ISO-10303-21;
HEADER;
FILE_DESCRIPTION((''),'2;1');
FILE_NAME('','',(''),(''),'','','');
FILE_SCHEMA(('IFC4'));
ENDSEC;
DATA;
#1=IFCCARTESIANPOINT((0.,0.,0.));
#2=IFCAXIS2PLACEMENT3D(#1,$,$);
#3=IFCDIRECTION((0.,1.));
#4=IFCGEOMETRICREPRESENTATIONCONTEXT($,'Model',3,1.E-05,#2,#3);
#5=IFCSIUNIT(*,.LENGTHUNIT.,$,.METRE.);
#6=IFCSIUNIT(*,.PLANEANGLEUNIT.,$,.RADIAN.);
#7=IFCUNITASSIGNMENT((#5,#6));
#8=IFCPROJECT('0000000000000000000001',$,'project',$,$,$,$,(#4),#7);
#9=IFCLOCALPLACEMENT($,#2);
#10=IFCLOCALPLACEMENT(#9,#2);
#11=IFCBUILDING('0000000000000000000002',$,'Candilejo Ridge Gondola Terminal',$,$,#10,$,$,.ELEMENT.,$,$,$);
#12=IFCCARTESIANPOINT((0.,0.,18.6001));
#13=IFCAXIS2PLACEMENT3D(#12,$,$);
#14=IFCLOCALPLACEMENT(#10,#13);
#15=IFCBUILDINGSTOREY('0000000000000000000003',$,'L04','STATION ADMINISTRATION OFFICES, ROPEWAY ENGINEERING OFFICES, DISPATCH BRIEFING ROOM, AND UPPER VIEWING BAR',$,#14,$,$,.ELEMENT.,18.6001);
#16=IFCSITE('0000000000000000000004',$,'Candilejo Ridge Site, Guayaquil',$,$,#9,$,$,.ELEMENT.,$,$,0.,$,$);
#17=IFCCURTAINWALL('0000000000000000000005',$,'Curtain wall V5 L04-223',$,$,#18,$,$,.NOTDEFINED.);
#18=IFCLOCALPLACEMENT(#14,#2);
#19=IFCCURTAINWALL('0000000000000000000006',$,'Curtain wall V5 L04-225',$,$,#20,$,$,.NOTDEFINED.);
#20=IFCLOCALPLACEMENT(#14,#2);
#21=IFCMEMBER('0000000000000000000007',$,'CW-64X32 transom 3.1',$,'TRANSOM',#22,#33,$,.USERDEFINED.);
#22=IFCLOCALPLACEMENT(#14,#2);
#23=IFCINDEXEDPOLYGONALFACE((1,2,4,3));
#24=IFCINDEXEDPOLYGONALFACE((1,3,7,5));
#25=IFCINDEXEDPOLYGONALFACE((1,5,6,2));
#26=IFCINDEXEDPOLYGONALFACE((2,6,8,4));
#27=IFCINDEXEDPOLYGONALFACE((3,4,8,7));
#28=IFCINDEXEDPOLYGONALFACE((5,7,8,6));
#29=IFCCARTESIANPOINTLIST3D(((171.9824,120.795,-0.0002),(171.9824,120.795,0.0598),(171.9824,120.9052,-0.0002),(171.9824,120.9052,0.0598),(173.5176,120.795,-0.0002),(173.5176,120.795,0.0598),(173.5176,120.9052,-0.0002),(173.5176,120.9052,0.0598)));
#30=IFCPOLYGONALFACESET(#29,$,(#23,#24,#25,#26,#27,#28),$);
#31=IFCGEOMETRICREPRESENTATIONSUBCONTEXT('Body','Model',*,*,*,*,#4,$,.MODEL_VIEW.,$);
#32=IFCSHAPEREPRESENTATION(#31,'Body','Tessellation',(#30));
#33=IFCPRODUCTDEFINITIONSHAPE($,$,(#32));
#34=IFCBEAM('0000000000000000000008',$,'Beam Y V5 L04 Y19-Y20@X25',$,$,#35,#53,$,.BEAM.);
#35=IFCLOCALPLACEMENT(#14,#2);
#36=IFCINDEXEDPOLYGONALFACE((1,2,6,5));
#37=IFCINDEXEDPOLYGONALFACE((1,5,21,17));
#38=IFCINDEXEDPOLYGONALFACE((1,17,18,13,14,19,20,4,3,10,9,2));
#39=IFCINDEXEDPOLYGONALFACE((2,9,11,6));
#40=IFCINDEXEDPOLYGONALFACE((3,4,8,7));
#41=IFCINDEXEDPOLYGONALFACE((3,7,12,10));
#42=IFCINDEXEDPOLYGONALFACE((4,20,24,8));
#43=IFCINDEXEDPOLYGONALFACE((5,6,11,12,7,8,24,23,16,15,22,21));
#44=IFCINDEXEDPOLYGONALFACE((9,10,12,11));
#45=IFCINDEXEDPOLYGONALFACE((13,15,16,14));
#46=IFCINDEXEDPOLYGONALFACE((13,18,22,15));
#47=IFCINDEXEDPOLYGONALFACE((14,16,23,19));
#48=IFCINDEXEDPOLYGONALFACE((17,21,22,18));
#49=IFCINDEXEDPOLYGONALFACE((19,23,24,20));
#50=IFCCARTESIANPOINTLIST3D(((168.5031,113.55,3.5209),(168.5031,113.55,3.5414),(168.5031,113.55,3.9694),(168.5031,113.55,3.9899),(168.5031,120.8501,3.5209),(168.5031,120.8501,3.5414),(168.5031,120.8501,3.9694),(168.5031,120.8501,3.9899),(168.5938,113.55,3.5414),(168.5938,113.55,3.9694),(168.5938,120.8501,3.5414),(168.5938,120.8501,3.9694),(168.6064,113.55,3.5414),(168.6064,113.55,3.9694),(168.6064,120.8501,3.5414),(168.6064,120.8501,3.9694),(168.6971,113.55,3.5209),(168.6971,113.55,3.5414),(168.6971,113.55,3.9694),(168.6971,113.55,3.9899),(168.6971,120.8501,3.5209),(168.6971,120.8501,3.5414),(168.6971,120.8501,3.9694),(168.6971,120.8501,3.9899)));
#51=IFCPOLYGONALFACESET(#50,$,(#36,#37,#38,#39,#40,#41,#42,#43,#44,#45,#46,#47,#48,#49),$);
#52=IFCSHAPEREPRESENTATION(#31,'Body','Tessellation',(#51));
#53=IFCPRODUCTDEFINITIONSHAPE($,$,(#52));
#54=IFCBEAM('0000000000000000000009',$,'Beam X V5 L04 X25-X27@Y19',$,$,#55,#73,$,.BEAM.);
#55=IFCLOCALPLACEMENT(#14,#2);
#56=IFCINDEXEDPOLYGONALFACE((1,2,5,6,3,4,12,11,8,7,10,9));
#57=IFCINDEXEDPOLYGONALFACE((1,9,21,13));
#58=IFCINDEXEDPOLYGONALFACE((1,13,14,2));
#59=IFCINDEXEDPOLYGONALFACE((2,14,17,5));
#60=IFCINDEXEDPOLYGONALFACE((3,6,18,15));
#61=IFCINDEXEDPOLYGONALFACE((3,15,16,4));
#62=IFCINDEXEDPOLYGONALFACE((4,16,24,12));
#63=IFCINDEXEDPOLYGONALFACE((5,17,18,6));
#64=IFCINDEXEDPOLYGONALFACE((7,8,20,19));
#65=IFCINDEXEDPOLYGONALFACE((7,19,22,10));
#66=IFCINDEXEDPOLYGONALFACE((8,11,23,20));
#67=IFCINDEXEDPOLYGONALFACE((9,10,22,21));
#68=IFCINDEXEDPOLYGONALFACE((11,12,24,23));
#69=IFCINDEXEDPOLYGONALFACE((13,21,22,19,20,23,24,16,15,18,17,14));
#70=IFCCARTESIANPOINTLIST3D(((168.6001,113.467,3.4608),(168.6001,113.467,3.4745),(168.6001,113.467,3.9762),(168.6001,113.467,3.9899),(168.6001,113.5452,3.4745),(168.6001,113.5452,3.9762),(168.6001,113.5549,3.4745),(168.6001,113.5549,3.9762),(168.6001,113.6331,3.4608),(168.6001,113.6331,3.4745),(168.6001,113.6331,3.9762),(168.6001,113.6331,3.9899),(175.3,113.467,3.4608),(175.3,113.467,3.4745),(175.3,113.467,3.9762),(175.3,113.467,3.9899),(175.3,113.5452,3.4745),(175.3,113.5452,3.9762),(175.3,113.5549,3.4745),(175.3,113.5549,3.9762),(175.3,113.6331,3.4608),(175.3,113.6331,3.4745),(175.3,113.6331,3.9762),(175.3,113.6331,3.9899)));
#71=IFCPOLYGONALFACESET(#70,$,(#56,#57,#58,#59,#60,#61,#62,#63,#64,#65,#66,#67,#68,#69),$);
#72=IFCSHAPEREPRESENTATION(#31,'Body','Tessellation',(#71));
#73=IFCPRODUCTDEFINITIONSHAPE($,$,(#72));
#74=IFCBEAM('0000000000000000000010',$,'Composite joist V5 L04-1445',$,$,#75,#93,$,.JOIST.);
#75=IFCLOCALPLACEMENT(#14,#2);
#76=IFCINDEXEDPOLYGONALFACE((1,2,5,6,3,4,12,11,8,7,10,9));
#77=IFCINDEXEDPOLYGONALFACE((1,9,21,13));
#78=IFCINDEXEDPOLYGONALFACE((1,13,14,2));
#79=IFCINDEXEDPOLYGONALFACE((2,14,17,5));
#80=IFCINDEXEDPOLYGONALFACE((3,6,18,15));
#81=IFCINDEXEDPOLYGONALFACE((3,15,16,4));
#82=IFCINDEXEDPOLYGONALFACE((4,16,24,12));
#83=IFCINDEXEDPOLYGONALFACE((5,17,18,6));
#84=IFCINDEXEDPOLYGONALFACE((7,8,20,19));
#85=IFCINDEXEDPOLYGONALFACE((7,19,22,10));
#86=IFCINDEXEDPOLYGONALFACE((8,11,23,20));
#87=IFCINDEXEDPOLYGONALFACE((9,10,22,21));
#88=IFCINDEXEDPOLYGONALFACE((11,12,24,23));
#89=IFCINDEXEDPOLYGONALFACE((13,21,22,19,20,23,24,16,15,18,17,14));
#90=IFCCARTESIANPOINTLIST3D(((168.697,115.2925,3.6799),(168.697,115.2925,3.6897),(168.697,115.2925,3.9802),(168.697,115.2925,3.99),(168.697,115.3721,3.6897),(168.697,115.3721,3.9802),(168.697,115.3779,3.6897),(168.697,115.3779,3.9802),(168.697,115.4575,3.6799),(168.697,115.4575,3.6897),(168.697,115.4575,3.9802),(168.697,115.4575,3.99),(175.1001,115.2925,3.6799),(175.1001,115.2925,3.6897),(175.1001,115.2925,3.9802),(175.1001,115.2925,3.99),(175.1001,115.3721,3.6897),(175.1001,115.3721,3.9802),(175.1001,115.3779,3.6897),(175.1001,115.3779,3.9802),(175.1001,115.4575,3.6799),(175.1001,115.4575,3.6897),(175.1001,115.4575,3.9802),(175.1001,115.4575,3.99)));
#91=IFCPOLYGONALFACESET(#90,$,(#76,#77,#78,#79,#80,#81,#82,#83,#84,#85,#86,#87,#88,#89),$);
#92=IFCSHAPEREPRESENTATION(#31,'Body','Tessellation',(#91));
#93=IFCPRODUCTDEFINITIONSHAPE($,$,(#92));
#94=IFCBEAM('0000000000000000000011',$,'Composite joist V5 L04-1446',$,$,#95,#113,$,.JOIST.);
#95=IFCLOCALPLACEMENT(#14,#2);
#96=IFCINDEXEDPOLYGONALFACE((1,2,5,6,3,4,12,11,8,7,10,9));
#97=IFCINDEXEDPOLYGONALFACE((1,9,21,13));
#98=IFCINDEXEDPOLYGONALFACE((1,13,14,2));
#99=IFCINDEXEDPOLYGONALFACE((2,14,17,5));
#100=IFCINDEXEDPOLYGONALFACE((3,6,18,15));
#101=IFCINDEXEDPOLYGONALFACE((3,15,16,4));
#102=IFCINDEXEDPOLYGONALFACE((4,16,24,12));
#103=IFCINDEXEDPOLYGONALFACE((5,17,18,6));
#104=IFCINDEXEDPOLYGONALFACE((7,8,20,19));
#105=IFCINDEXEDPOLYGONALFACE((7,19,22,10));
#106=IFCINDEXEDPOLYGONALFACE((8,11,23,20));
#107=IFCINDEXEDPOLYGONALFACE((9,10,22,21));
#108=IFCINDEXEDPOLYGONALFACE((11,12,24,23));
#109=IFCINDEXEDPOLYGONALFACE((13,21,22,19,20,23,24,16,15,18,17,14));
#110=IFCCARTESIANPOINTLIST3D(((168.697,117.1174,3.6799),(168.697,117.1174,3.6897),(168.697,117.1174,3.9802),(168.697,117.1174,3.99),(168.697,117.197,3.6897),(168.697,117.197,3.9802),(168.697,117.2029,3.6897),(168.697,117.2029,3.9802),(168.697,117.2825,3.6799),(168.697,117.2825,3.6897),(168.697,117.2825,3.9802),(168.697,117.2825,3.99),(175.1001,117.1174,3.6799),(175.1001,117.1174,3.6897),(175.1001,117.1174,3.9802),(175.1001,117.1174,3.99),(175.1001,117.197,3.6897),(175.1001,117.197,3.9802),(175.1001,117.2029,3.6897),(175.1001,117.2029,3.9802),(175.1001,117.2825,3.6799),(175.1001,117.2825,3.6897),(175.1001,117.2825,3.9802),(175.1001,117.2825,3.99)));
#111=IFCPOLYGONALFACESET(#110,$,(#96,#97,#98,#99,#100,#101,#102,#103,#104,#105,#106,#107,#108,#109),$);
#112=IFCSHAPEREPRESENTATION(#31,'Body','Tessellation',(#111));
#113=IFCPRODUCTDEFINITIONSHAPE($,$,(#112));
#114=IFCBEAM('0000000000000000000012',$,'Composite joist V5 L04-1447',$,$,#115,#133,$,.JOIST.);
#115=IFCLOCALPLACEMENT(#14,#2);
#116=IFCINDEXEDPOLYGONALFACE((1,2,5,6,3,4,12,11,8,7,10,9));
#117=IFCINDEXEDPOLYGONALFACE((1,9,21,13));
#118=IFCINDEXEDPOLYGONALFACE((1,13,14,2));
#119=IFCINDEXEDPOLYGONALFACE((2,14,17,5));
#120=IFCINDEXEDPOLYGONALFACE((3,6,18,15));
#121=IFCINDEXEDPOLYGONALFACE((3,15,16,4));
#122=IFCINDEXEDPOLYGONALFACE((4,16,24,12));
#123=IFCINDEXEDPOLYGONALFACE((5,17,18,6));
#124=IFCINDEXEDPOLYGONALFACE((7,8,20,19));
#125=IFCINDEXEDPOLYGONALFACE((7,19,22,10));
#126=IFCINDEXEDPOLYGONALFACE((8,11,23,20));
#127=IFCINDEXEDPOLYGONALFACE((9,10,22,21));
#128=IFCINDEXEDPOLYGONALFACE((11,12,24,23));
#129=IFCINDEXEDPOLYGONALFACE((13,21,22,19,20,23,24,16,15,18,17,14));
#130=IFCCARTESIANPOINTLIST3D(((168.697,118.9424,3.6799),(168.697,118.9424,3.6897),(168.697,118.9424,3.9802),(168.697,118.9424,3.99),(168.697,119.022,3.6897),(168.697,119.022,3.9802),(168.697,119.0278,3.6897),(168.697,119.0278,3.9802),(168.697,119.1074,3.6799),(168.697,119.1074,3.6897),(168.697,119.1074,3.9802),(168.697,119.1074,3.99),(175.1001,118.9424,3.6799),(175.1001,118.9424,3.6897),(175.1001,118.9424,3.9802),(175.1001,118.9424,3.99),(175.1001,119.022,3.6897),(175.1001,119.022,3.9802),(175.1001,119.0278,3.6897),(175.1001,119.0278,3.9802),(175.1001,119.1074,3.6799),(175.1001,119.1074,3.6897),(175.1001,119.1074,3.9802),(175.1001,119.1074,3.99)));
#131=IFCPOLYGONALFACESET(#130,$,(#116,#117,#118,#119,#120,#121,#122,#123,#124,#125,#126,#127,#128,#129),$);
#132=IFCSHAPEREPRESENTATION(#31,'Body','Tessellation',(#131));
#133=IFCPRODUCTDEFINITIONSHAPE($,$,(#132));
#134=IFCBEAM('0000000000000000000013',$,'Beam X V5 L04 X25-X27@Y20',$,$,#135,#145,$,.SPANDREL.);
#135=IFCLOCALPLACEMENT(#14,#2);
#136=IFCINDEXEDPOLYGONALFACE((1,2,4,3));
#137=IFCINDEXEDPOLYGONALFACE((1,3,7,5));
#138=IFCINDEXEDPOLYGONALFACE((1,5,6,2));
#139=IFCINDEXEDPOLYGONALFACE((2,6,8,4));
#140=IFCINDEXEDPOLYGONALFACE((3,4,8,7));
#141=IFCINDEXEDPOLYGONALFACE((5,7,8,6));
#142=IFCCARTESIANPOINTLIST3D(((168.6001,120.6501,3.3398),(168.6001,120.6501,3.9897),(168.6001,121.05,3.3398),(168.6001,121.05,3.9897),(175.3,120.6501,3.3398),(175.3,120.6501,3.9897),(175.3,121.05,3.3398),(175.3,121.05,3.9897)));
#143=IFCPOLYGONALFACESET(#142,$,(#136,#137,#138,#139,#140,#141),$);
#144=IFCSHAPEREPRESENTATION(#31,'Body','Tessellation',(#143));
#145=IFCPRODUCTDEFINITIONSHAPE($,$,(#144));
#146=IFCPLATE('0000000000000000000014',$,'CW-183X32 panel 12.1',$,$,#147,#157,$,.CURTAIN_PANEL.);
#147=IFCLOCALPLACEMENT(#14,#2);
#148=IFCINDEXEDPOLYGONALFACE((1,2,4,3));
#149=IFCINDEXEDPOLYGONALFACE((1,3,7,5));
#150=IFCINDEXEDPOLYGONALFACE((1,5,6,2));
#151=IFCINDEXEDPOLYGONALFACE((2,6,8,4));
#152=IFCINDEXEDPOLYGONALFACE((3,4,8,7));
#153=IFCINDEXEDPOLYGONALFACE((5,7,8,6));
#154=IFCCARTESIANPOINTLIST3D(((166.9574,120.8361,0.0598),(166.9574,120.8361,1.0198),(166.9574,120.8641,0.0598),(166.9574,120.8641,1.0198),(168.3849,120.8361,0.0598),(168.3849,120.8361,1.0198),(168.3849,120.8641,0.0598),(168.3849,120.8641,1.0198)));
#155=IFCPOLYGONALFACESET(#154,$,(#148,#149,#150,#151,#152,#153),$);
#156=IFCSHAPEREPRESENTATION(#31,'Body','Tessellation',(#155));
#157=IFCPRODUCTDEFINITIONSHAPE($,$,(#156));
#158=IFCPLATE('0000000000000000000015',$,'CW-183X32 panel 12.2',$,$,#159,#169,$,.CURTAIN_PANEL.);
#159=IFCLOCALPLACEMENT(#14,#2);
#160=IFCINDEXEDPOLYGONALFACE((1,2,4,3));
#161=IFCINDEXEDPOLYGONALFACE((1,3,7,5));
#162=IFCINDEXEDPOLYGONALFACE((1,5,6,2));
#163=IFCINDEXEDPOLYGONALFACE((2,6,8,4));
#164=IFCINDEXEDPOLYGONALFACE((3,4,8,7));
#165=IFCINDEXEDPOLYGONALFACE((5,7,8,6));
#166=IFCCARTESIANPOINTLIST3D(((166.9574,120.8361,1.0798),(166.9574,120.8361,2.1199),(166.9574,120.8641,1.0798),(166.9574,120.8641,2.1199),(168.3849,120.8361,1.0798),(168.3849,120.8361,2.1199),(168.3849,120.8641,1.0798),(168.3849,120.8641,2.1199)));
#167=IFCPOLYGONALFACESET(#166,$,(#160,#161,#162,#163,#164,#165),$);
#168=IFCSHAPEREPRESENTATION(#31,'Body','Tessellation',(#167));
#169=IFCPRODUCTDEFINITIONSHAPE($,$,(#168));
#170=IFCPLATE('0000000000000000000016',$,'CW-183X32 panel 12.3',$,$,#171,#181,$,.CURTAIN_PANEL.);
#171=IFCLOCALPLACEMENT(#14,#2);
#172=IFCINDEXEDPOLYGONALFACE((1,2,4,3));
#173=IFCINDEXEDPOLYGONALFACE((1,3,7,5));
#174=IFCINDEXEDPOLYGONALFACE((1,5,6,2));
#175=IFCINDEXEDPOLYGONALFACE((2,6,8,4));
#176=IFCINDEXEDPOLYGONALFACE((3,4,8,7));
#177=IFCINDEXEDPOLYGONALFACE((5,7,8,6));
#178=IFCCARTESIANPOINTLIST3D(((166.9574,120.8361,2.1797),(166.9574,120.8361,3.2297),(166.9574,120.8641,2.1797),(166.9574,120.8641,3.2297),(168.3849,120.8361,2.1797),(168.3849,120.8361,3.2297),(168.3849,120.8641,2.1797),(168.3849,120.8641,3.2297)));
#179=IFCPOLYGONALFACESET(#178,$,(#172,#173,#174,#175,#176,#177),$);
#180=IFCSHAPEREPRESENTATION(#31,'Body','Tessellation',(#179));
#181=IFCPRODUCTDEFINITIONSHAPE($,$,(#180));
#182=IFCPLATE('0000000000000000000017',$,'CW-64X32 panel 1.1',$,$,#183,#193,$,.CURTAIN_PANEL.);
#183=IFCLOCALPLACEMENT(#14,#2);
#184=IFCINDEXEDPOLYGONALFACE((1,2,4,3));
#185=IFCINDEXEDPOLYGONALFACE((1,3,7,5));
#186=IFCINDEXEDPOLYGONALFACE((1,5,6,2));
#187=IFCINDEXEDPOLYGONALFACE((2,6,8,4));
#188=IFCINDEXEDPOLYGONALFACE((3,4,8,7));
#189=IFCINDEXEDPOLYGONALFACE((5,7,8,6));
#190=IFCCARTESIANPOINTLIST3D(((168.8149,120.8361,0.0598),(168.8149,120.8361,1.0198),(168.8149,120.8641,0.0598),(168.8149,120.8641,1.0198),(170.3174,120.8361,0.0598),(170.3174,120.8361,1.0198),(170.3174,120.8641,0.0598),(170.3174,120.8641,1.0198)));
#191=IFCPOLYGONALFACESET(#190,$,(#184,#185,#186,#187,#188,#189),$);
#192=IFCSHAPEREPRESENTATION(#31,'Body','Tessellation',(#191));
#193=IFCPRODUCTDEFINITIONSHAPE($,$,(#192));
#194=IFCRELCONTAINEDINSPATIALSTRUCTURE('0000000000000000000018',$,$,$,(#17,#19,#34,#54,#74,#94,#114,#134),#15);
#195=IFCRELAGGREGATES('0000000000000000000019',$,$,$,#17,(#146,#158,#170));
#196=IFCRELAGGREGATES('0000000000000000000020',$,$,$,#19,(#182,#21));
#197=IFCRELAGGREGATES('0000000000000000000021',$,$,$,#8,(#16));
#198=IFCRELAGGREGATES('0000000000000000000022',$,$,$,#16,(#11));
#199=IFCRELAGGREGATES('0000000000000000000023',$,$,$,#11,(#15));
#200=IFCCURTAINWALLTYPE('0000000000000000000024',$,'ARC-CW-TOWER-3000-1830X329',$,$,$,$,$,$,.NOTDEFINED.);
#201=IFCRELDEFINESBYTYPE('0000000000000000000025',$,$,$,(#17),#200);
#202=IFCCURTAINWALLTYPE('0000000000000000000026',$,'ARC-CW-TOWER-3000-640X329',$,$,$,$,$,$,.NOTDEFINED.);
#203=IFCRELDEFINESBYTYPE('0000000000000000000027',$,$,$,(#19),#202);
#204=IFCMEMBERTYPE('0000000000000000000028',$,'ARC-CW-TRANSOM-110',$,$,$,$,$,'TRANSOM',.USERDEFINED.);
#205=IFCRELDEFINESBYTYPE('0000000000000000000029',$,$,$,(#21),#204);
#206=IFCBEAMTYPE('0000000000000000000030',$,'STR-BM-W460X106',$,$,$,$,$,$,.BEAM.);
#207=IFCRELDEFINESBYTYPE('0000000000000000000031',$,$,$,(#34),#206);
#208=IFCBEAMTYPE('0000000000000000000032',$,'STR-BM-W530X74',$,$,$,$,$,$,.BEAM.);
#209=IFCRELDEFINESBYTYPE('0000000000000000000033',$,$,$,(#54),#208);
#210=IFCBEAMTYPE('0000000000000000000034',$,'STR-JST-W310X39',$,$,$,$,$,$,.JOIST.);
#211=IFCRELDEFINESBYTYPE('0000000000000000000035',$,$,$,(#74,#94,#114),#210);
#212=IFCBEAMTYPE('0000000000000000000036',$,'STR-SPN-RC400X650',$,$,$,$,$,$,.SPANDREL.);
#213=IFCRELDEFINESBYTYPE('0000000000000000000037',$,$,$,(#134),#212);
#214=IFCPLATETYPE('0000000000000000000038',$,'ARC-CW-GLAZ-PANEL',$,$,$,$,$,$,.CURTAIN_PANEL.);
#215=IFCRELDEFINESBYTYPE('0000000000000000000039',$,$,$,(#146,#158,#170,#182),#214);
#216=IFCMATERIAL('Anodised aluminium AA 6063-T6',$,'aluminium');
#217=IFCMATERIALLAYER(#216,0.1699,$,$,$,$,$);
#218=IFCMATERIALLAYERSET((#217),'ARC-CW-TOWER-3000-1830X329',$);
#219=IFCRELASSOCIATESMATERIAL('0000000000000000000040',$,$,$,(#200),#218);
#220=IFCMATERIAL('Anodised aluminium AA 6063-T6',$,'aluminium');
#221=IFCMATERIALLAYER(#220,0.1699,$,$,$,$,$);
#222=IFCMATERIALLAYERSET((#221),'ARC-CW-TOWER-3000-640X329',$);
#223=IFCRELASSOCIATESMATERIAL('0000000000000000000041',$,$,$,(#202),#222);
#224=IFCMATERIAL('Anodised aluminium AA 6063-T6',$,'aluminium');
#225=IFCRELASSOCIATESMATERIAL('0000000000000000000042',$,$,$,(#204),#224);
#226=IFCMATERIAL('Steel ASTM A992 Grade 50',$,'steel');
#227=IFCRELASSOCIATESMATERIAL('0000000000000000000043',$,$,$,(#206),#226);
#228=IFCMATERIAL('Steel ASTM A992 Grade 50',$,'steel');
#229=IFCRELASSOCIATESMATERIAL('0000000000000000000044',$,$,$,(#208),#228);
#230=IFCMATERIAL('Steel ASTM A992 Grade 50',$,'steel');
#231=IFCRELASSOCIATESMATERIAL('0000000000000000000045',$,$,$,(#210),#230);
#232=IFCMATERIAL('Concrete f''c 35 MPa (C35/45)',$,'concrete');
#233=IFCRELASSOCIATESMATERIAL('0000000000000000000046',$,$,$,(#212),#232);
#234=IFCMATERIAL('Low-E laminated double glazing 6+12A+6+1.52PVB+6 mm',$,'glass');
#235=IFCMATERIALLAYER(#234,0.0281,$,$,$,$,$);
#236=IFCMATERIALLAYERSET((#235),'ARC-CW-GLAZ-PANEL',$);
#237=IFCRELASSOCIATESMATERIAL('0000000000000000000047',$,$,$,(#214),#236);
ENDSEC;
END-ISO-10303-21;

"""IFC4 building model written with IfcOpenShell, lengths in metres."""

from ifc_helpers import new_model, si_unit, direction, frame, origin, origin_2d, place, context, subcontext, project, spatial, rectangle, i_section, extrude, material, layer, layer_set, material_profile, profile_set, type_object, element, aggregate, save


model = new_model("IFC4")

# Units and contexts
model_context = context("Model", 3, precision=1e-05, world=origin(), true_north=direction((0.0, 1.0)))
body_context = subcontext(model_context, "Body", "Model", "MODEL_VIEW")
ifc_project = project(units=[si_unit("LENGTHUNIT", "METRE"), si_unit("PLANEANGLEUNIT", "RADIAN")], contexts=[model_context])

# Site, building, storey
site_placement = place(None, origin())
site = spatial("IfcSite", under=ifc_project, at=site_placement, Name="Candilejo Ridge Site, Guayaquil", CompositionType="ELEMENT", RefElevation=0.0)
building_placement = place(site_placement, origin())
building = spatial("IfcBuilding", under=site, at=building_placement, Name="Candilejo Ridge Gondola Terminal", CompositionType="ELEMENT")
storey_placement = place(building_placement, frame((0.0, 0.0, 18.6001)))
storey = spatial("IfcBuildingStorey", under=building, at=storey_placement, Name="L04", Description="STATION ADMINISTRATION OFFICES, ROPEWAY ENGINEERING OFFICES, DISPATCH BRIEFING ROOM, AND UPPER VIEWING BAR", CompositionType="ELEMENT", Elevation=18.6001)

# Curtain wall
ifc_material_1 = material(Name="Anodised aluminium AA 6063-T6", Category="aluminium")
ifc_layer_1 = layer(ifc_material_1, 0.1699)
ifc_layer_set_1 = layer_set([ifc_layer_1], Name="ARC-CW-TOWER-3000-1830X329")
curtain_wall_type_1 = type_object("IfcCurtainWallType", Name="ARC-CW-TOWER-3000-1830X329", PredefinedType="NOTDEFINED", material=ifc_layer_set_1)
curtain_wall_1_placement = place(storey_placement, origin())
curtain_wall_1 = element("IfcCurtainWall", 1, at=curtain_wall_1_placement, inside=storey, type_object=curtain_wall_type_1, Name="Curtain wall V5 L04-223", PredefinedType="NOTDEFINED")

# Curtain wall, member
ifc_material_2 = material(Name="Anodised aluminium AA 6063-T6", Category="aluminium")
ifc_layer_2 = layer(ifc_material_2, 0.1699)
ifc_layer_set_2 = layer_set([ifc_layer_2], Name="ARC-CW-TOWER-3000-640X329")
curtain_wall_type_2 = type_object("IfcCurtainWallType", Name="ARC-CW-TOWER-3000-640X329", PredefinedType="NOTDEFINED", material=ifc_layer_set_2)
curtain_wall_2_placement = place(storey_placement, origin())
curtain_wall_2 = element("IfcCurtainWall", 2, at=curtain_wall_2_placement, inside=storey, type_object=curtain_wall_type_2, Name="Curtain wall V5 L04-225", PredefinedType="NOTDEFINED")
ifc_material_3 = material(Name="Anodised aluminium AA 6063-T6", Category="aluminium")
ifc_material_profile_1 = material_profile(ifc_material_3, rectangle(XDim=0.1101, YDim=0.0601, at=origin_2d()))
ifc_profile_set_1 = profile_set([ifc_material_profile_1], Name="Anodised aluminium AA 6063-T6")
member_type_1 = type_object("IfcMemberType", Name="ARC-CW-TRANSOM-110", ElementType="TRANSOM", PredefinedType="USERDEFINED", material=ifc_profile_set_1)
member_1_placement = place(storey_placement, frame((171.9824, 120.8501, 0.0298), z_axis=(1.0, 0.0, 0.0), x_axis=(0.0, 1.0, 0.0)))
member_1 = element("IfcMember", 3, at=member_1_placement, type_object=member_type_1, Name="CW-64X32 transom 3.1", ObjectType="TRANSOM", PredefinedType="USERDEFINED", context=body_context, shape_type="SweptSolid", body=[
    extrude(rectangle(XDim=0.1101, YDim=0.0601, at=origin_2d()), origin(), (0.0, 0.0, 1.0), 1.5352),
])

# Beams
ifc_material_4 = material(Name="Steel ASTM A992 Grade 50", Category="steel")
ifc_material_profile_2 = material_profile(ifc_material_4, i_section(OverallWidth=0.1941, OverallDepth=0.469, WebThickness=0.0127, FlangeThickness=0.0205, at=origin_2d()))
ifc_profile_set_2 = profile_set([ifc_material_profile_2], Name="Steel ASTM A992 Grade 50")
beam_type_1 = type_object("IfcBeamType", Name="STR-BM-W460X106", PredefinedType="BEAM", material=ifc_profile_set_2)
beam_1_placement = place(storey_placement, frame((168.6001, 113.55, 3.7554), z_axis=(0.0, 1.0, 0.0), x_axis=(-1.0, 0.0, 0.0)))
element("IfcBeam", 4, at=beam_1_placement, inside=storey, type_object=beam_type_1, Name="Beam Y V5 L04 Y19-Y20@X25", PredefinedType="BEAM", context=body_context, shape_type="SweptSolid", body=[
    extrude(i_section(OverallWidth=0.1941, OverallDepth=0.469, WebThickness=0.0127, FlangeThickness=0.0205, at=origin_2d()), origin(), (0.0, 0.0, 1.0), 7.3),
])
ifc_material_5 = material(Name="Steel ASTM A992 Grade 50", Category="steel")
ifc_material_profile_3 = material_profile(ifc_material_5, i_section(OverallWidth=0.166, OverallDepth=0.5291, WebThickness=0.0098, FlangeThickness=0.0137, at=origin_2d()))
ifc_profile_set_3 = profile_set([ifc_material_profile_3], Name="Steel ASTM A992 Grade 50")
beam_type_2 = type_object("IfcBeamType", Name="STR-BM-W530X74", PredefinedType="BEAM", material=ifc_profile_set_3)
beam_2_placement = place(storey_placement, frame((168.6001, 113.55, 3.7253), z_axis=(1.0, 0.0, 0.0), x_axis=(0.0, 1.0, 0.0)))
element("IfcBeam", 5, at=beam_2_placement, inside=storey, type_object=beam_type_2, Name="Beam X V5 L04 X25-X27@Y19", PredefinedType="BEAM", context=body_context, shape_type="SweptSolid", body=[
    extrude(i_section(OverallWidth=0.166, OverallDepth=0.5291, WebThickness=0.0098, FlangeThickness=0.0137, at=origin_2d()), origin(), (0.0, 0.0, 1.0), 6.7),
])
ifc_material_6 = material(Name="Steel ASTM A992 Grade 50", Category="steel")
ifc_material_profile_4 = material_profile(ifc_material_6, i_section(OverallWidth=0.165, OverallDepth=0.3101, WebThickness=0.0059, FlangeThickness=0.0098, at=origin_2d()))
ifc_profile_set_4 = profile_set([ifc_material_profile_4], Name="Steel ASTM A992 Grade 50")
beam_type_3 = type_object("IfcBeamType", Name="STR-JST-W310X39", PredefinedType="JOIST", material=ifc_profile_set_4)
for number, where, z_axis, x_axis, name in (
    (6, (168.697, 115.375, 3.835), (1.0, 0.0, 0.0), (0.0, 1.0, 0.0), "Composite joist V5 L04-1445"),
    (7, (168.697, 117.2, 3.835), (1.0, 0.0, 0.0), (0.0, 1.0, 0.0), "Composite joist V5 L04-1446"),
    (8, (168.697, 119.0249, 3.835), (1.0, 0.0, 0.0), (0.0, 1.0, 0.0), "Composite joist V5 L04-1447"),
):
    element("IfcBeam", number, at=place(storey_placement, frame(where, z_axis=z_axis, x_axis=x_axis)), inside=storey, type_object=beam_type_3, Name=name, PredefinedType="JOIST", context=body_context, shape_type="SweptSolid", body=[
        extrude(i_section(OverallWidth=0.165, OverallDepth=0.3101, WebThickness=0.0059, FlangeThickness=0.0098, at=origin_2d()), origin(), (0.0, 0.0, 1.0), 6.4031),
    ])
ifc_material_7 = material(Name="Concrete f'c 35 MPa (C35/45)", Category="concrete")
ifc_material_profile_5 = material_profile(ifc_material_7, rectangle(XDim=0.3999, YDim=0.6499, at=origin_2d()))
ifc_profile_set_5 = profile_set([ifc_material_profile_5], Name="Concrete f'c 35 MPa (C35/45)")
beam_type_4 = type_object("IfcBeamType", Name="STR-SPN-RC400X650", PredefinedType="SPANDREL", material=ifc_profile_set_5)
beam_3_placement = place(storey_placement, frame((168.6001, 120.8501, 3.6648), z_axis=(1.0, 0.0, 0.0), x_axis=(0.0, 1.0, 0.0)))
element("IfcBeam", 9, at=beam_3_placement, inside=storey, type_object=beam_type_4, Name="Beam X V5 L04 X25-X27@Y20", PredefinedType="SPANDREL", context=body_context, shape_type="SweptSolid", body=[
    extrude(rectangle(XDim=0.3999, YDim=0.6499, at=origin_2d()), origin(), (0.0, 0.0, 1.0), 6.7),
])

# Plates
ifc_material_8 = material(Name="Low-E laminated double glazing 6+12A+6+1.52PVB+6 mm", Category="glass")
ifc_layer_3 = layer(ifc_material_8, 0.0281)
ifc_layer_set_3 = layer_set([ifc_layer_3], Name="ARC-CW-GLAZ-PANEL")
plate_type = type_object("IfcPlateType", Name="ARC-CW-GLAZ-PANEL", PredefinedType="CURTAIN_PANEL", material=ifc_layer_set_3)
plate_1_placement = place(storey_placement, frame((167.6711, 120.8501, 0.0598), z_axis=(0.0, 0.0, 1.0), x_axis=(1.0, 0.0, 0.0)))
plate_1 = element("IfcPlate", 10, at=plate_1_placement, type_object=plate_type, Name="CW-183X32 panel 12.1", PredefinedType="CURTAIN_PANEL", context=body_context, shape_type="SweptSolid", body=[
    extrude(rectangle(XDim=1.4275, YDim=0.0281, at=origin_2d()), origin(), (0.0, 0.0, 1.0), 0.96),
])
plate_2_placement = place(storey_placement, frame((167.6711, 120.8501, 1.0798), z_axis=(0.0, 0.0, 1.0), x_axis=(1.0, 0.0, 0.0)))
plate_2 = element("IfcPlate", 11, at=plate_2_placement, type_object=plate_type, Name="CW-183X32 panel 12.2", PredefinedType="CURTAIN_PANEL", context=body_context, shape_type="SweptSolid", body=[
    extrude(rectangle(XDim=1.4275, YDim=0.0281, at=origin_2d()), origin(), (0.0, 0.0, 1.0), 1.04),
])
plate_3_placement = place(storey_placement, frame((167.6711, 120.8501, 2.1797), z_axis=(0.0, 0.0, 1.0), x_axis=(1.0, 0.0, 0.0)))
plate_3 = element("IfcPlate", 12, at=plate_3_placement, type_object=plate_type, Name="CW-183X32 panel 12.3", PredefinedType="CURTAIN_PANEL", context=body_context, shape_type="SweptSolid", body=[
    extrude(rectangle(XDim=1.4275, YDim=0.0281, at=origin_2d()), origin(), (0.0, 0.0, 1.0), 1.05),
])
aggregate(curtain_wall_1, [plate_1, plate_2, plate_3])
plate_4_placement = place(storey_placement, frame((169.5662, 120.8501, 0.0598), z_axis=(0.0, 0.0, 1.0), x_axis=(1.0, 0.0, 0.0)))
plate_4 = element("IfcPlate", 13, at=plate_4_placement, type_object=plate_type, Name="CW-64X32 panel 1.1", PredefinedType="CURTAIN_PANEL", context=body_context, shape_type="SweptSolid", body=[
    extrude(rectangle(XDim=1.5024, YDim=0.0281, at=origin_2d()), origin(), (0.0, 0.0, 1.0), 0.96),
])
aggregate(curtain_wall_2, [plate_4, member_1])

save(model, "model.ifc")
